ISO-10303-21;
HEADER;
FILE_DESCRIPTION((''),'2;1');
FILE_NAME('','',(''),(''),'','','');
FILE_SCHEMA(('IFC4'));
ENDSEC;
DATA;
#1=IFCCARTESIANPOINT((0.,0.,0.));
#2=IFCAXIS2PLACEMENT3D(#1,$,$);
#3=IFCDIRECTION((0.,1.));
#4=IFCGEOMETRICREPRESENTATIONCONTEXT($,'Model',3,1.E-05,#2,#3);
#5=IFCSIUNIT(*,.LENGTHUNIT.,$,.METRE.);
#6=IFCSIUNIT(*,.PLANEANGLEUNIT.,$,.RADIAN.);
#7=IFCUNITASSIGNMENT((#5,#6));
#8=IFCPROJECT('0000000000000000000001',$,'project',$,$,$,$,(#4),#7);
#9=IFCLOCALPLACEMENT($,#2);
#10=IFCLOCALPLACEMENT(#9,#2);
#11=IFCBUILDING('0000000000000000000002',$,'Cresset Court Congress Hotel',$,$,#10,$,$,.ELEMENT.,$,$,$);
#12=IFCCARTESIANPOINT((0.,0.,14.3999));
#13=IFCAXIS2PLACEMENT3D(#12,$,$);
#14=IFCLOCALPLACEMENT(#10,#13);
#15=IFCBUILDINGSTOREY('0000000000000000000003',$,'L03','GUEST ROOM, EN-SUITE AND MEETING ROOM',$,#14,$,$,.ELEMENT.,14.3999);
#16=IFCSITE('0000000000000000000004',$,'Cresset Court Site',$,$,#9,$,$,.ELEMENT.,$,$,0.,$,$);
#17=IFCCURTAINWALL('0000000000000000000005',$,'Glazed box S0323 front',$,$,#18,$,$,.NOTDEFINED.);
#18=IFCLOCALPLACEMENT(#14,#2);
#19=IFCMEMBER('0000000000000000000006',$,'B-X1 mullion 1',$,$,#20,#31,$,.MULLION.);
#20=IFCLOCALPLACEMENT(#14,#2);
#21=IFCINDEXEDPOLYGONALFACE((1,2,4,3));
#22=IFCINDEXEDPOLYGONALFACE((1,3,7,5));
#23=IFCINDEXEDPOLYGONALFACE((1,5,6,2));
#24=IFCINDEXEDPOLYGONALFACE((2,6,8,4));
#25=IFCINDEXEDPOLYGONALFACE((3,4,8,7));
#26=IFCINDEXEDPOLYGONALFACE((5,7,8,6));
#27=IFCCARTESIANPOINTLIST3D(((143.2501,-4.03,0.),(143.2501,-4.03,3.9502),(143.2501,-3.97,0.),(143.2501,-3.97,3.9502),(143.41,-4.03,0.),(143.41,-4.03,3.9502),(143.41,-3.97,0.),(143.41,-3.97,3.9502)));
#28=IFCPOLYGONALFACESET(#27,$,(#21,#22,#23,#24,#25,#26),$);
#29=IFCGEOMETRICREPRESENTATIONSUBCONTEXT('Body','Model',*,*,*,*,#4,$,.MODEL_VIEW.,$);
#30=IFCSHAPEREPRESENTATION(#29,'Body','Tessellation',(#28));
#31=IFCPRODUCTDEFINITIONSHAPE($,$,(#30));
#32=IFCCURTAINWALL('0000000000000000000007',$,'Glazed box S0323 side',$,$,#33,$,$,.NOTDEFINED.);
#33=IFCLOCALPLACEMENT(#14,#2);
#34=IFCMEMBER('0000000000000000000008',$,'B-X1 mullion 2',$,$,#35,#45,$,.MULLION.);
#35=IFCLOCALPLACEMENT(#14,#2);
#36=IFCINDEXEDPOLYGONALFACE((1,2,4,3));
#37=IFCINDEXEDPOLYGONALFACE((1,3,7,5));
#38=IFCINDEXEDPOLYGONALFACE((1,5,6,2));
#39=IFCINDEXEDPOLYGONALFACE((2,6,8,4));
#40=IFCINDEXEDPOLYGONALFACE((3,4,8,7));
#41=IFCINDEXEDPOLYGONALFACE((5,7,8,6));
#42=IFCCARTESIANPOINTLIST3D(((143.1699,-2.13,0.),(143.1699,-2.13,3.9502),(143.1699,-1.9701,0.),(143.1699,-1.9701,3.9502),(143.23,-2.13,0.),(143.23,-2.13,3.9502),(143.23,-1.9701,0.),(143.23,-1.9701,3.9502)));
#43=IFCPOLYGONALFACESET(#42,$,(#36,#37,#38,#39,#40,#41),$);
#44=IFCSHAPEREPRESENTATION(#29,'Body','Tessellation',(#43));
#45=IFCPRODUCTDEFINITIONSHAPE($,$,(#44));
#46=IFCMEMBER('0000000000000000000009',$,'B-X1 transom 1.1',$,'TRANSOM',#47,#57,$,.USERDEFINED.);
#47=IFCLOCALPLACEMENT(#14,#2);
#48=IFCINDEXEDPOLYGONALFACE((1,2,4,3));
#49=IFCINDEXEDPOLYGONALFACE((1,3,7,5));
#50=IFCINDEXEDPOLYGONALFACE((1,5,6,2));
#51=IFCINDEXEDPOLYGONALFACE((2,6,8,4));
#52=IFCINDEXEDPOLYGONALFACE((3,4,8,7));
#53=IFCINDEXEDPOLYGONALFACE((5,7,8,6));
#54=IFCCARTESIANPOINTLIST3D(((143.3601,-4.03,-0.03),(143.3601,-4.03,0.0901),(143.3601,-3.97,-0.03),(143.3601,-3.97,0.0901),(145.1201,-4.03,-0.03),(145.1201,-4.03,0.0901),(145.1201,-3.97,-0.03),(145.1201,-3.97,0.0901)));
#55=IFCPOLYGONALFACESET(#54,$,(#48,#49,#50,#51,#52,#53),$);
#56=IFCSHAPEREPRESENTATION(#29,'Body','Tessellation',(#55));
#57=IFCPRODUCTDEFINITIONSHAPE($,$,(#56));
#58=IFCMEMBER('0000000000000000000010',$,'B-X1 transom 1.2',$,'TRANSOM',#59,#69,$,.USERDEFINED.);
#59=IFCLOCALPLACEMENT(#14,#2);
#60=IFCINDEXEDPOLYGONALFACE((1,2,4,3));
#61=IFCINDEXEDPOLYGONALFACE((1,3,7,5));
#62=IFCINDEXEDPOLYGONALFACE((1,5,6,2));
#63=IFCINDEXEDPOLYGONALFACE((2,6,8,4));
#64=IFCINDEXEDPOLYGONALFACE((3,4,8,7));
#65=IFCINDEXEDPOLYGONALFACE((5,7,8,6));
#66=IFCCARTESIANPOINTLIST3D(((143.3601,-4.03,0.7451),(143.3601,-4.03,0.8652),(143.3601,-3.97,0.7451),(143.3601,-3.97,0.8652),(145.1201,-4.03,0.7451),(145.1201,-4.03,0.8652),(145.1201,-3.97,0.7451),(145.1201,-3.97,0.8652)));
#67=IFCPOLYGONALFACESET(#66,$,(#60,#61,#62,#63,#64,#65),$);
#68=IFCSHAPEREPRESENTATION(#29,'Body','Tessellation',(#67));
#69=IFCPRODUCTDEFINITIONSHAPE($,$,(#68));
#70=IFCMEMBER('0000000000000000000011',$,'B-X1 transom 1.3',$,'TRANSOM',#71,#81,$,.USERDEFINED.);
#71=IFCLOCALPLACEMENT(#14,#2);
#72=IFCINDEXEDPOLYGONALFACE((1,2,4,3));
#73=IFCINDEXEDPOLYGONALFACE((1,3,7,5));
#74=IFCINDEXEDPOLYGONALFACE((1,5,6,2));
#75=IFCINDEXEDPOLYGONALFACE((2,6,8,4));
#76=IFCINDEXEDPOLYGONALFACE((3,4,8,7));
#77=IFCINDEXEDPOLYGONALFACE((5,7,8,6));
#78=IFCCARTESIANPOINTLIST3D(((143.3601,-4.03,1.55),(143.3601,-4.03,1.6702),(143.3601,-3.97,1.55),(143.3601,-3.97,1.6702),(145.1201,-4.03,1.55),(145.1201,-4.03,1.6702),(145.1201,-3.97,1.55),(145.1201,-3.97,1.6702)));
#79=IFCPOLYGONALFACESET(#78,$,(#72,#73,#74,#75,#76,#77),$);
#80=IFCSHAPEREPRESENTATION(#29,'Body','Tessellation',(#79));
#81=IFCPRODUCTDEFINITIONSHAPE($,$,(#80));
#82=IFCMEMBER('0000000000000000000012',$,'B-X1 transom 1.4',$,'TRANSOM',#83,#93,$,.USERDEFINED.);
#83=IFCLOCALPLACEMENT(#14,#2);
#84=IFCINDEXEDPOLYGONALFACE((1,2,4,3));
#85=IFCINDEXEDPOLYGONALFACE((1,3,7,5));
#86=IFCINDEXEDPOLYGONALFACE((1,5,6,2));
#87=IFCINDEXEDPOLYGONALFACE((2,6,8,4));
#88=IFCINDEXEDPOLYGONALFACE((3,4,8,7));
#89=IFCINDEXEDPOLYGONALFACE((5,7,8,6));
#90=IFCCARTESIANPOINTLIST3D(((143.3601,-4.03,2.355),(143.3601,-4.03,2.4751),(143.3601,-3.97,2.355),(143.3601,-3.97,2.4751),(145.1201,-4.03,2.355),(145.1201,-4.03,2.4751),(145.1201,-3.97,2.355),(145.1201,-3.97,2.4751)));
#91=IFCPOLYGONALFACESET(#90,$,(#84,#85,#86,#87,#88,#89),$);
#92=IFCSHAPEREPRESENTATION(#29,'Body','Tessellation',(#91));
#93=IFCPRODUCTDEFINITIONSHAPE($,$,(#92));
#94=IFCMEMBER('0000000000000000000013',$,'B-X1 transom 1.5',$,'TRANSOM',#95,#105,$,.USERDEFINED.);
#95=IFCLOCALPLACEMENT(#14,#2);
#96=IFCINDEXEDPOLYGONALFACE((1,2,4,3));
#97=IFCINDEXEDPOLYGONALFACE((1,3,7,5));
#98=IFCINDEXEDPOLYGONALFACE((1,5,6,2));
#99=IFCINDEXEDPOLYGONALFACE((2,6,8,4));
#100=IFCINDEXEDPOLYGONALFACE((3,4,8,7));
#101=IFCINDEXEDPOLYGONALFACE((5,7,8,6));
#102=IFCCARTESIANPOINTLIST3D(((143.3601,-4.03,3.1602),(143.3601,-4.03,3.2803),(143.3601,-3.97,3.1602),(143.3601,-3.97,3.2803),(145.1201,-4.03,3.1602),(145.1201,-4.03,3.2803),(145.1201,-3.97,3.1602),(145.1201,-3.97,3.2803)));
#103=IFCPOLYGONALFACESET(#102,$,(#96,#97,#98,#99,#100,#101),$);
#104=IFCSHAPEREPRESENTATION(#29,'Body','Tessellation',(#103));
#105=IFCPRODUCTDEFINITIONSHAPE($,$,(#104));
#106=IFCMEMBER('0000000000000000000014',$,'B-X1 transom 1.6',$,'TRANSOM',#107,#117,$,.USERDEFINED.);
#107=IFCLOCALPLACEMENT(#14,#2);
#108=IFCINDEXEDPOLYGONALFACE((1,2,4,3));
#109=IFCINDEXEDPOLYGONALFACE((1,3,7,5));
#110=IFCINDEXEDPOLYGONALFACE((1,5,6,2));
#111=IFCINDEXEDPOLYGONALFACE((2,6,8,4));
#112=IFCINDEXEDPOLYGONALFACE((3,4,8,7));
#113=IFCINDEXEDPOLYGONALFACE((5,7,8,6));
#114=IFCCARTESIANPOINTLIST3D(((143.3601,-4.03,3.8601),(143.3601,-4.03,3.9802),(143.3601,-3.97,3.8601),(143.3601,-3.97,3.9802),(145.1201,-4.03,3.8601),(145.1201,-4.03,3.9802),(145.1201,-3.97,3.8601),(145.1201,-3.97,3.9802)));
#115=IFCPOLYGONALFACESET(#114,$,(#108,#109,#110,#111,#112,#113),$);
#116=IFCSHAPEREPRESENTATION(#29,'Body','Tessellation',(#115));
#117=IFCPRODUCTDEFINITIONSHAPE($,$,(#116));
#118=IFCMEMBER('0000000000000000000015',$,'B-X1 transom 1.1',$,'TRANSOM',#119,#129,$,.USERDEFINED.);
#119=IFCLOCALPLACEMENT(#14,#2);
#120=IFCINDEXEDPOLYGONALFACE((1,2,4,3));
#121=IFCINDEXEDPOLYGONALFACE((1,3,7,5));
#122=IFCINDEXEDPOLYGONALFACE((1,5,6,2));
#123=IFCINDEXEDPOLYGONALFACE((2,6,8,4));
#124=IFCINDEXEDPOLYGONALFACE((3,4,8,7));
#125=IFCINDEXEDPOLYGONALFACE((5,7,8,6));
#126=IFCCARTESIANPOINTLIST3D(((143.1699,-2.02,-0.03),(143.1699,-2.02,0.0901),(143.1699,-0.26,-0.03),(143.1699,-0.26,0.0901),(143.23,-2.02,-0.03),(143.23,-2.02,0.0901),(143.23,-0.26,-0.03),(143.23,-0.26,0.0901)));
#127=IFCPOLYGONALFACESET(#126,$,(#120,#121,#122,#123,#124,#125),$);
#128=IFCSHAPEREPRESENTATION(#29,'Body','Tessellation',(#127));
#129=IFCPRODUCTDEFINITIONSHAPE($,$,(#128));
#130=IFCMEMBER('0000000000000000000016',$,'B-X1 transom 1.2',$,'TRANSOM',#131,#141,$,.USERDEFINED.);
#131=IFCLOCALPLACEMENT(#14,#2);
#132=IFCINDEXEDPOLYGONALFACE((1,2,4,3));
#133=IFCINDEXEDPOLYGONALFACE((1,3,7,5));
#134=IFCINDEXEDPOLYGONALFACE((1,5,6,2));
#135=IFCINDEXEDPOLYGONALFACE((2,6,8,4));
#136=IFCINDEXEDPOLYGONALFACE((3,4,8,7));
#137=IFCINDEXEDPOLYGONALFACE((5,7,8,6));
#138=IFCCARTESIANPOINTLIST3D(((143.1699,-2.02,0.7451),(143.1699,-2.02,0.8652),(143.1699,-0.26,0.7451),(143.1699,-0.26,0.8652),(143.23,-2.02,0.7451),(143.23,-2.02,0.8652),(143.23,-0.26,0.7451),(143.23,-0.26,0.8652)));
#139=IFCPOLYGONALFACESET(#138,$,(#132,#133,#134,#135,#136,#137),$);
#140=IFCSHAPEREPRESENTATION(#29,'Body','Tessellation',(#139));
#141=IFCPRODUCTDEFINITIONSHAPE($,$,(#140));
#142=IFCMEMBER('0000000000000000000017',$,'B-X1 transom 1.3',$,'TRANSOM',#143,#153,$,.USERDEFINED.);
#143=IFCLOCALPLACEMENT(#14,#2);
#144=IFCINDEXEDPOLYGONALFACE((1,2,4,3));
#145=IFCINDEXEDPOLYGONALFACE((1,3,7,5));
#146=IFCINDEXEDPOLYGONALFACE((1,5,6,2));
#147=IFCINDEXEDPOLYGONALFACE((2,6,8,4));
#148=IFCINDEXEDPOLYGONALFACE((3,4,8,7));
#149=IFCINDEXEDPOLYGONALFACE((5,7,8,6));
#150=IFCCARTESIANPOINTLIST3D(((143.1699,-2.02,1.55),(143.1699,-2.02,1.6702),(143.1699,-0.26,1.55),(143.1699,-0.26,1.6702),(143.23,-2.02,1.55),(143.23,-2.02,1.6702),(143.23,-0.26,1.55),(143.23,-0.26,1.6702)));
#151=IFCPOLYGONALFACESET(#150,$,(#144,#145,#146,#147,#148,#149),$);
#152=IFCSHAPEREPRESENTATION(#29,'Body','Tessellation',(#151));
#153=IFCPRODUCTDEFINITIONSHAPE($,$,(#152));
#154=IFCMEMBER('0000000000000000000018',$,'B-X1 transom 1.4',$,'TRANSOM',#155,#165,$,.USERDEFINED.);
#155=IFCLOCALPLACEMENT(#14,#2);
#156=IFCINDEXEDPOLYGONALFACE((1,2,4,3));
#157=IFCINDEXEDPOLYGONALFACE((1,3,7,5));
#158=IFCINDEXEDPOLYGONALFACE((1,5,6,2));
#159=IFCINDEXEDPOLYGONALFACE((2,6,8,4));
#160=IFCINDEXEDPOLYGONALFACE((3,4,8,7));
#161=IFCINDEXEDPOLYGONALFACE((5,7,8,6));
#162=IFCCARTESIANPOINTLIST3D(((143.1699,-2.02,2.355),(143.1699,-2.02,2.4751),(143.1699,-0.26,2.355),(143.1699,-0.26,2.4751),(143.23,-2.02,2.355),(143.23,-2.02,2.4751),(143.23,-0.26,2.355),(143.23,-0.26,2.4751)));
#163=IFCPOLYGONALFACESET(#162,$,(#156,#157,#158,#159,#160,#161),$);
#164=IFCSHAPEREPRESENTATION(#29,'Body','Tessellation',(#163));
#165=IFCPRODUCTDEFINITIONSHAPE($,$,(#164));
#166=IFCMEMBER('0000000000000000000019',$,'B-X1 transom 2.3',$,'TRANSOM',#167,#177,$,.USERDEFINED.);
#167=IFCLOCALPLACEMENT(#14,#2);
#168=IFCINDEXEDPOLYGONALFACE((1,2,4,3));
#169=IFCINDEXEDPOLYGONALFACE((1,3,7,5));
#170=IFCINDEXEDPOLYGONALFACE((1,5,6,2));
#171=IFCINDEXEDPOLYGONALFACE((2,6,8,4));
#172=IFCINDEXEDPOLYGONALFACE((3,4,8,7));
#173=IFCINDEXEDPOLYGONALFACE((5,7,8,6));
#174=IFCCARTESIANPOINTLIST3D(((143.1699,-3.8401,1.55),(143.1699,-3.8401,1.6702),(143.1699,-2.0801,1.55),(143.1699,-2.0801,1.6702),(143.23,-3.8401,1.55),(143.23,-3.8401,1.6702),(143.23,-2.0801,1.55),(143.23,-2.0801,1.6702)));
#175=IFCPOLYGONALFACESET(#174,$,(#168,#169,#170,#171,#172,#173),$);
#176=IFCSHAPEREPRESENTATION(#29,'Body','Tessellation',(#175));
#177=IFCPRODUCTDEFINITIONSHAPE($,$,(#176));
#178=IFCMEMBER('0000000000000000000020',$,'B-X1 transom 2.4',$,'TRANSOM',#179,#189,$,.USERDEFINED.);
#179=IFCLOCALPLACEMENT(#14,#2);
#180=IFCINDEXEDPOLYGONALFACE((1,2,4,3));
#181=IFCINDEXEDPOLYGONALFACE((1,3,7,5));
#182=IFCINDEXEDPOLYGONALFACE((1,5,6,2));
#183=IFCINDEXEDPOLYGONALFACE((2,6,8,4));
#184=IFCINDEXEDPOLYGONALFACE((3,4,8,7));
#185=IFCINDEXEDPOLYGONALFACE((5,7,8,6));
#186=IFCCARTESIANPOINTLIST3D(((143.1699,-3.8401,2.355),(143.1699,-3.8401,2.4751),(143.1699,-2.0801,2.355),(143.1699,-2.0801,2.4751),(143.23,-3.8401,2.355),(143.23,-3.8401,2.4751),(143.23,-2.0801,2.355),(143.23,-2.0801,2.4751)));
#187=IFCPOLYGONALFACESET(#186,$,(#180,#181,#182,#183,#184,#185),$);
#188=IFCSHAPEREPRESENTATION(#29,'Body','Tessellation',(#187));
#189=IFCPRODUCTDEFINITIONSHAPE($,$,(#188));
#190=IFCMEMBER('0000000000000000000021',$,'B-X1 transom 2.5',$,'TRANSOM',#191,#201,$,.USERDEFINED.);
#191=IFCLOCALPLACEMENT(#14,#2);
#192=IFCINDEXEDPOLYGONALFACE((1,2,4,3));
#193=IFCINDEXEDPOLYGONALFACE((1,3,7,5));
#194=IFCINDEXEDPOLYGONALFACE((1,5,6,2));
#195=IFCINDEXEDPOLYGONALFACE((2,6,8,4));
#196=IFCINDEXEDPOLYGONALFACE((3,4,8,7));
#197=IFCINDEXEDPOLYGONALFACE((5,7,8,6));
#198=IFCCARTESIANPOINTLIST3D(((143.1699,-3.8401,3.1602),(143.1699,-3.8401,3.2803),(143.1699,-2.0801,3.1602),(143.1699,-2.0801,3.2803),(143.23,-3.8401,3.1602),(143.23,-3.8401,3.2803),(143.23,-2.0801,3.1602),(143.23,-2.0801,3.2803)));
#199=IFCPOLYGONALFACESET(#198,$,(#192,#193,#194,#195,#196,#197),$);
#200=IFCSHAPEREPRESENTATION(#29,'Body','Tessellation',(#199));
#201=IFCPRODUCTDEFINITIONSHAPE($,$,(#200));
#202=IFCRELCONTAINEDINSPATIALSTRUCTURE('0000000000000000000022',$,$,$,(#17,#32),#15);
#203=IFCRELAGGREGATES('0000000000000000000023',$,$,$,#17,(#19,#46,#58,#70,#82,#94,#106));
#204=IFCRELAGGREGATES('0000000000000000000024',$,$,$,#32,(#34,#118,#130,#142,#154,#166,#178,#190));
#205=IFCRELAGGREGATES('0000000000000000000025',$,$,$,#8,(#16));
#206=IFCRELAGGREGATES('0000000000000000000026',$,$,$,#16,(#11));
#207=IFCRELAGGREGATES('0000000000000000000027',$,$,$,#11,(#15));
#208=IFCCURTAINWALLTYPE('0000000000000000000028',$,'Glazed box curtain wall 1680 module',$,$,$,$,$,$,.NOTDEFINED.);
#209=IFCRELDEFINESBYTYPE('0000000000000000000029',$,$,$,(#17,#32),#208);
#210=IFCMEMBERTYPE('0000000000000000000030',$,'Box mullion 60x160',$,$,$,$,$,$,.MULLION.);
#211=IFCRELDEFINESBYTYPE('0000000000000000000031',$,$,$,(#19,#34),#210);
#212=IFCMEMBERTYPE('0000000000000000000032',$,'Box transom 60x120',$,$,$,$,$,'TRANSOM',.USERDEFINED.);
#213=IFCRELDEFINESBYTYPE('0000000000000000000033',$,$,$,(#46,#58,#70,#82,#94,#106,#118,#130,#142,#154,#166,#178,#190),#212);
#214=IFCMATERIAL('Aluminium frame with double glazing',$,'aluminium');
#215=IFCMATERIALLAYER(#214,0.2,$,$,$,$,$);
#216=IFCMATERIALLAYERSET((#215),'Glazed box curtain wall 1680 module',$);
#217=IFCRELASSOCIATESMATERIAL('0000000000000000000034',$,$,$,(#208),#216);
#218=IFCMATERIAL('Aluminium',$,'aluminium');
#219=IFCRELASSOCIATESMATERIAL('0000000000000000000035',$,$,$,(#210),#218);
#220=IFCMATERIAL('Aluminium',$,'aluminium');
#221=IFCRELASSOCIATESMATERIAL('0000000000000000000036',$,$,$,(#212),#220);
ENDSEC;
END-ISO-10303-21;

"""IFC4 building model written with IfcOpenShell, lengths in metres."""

from ifc_helpers import new_model, si_unit, direction, frame, origin, origin_2d, place, context, subcontext, project, spatial, rectangle, extrude, material, layer, layer_set, material_profile, profile_set, type_object, element, aggregate, save


model = new_model("IFC4")

# Units and contexts
model_context = context("Model", 3, precision=1e-05, world=origin(), true_north=direction((0.0, 1.0)))
body_context = subcontext(model_context, "Body", "Model", "MODEL_VIEW")
ifc_project = project(units=[si_unit("LENGTHUNIT", "METRE"), si_unit("PLANEANGLEUNIT", "RADIAN")], contexts=[model_context])

# Site, building, storey
site_placement = place(None, origin())
site = spatial("IfcSite", under=ifc_project, at=site_placement, Name="Cresset Court Site", CompositionType="ELEMENT", RefElevation=0.0)
building_placement = place(site_placement, origin())
building = spatial("IfcBuilding", under=site, at=building_placement, Name="Cresset Court Congress Hotel", CompositionType="ELEMENT")
storey_placement = place(building_placement, frame((0.0, 0.0, 14.3999)))
storey = spatial("IfcBuildingStorey", under=building, at=storey_placement, Name="L03", Description="GUEST ROOM, EN-SUITE AND MEETING ROOM", CompositionType="ELEMENT", Elevation=14.3999)

# Curtain walls, members
ifc_material_1 = material(Name="Aluminium frame with double glazing", Category="aluminium")
ifc_layer_1 = layer(ifc_material_1, 0.2)
ifc_layer_set_1 = layer_set([ifc_layer_1], Name="Glazed box curtain wall 1680 module")
curtain_wall_type = type_object("IfcCurtainWallType", Name="Glazed box curtain wall 1680 module", PredefinedType="NOTDEFINED", material=ifc_layer_set_1)
curtain_wall_1_placement = place(storey_placement, origin())
curtain_wall_1 = element("IfcCurtainWall", 1, at=curtain_wall_1_placement, inside=storey, type_object=curtain_wall_type, Name="Glazed box S0323 front", PredefinedType="NOTDEFINED")
ifc_material_2 = material(Name="Aluminium", Category="aluminium")
ifc_material_profile_1 = material_profile(ifc_material_2, rectangle(XDim=0.0601, YDim=0.1599, at=origin_2d()), Name="Box mullion 60x160")
ifc_profile_set_1 = profile_set([ifc_material_profile_1], Name="Aluminium")
member_type_1 = type_object("IfcMemberType", Name="Box mullion 60x160", PredefinedType="MULLION", material=ifc_profile_set_1)
member_1_placement = place(storey_placement, frame((143.3301, -4.0, 0.0), z_axis=(0.0, 0.0, 1.0), x_axis=(0.0, 1.0, 0.0)))
member_1 = element("IfcMember", 2, at=member_1_placement, type_object=member_type_1, Name="B-X1 mullion 1", PredefinedType="MULLION", context=body_context, shape_type="SweptSolid", body=[
    extrude(rectangle(XDim=0.0601, YDim=0.1599, at=origin_2d()), origin(), (0.0, 0.0, 1.0), 3.9502),
])
curtain_wall_2_placement = place(storey_placement, origin())
curtain_wall_2 = element("IfcCurtainWall", 3, at=curtain_wall_2_placement, inside=storey, type_object=curtain_wall_type, Name="Glazed box S0323 side", PredefinedType="NOTDEFINED")
member_2_placement = place(storey_placement, frame((143.2, -2.05, 0.0), z_axis=(0.0, 0.0, 1.0), x_axis=(1.0, 0.0, 0.0)))
member_2 = element("IfcMember", 4, at=member_2_placement, type_object=member_type_1, Name="B-X1 mullion 2", PredefinedType="MULLION", context=body_context, shape_type="SweptSolid", body=[
    extrude(rectangle(XDim=0.0601, YDim=0.1599, at=origin_2d()), origin(), (0.0, 0.0, 1.0), 3.9502),
])

# Members
ifc_material_3 = material(Name="Aluminium", Category="aluminium")
ifc_material_profile_2 = material_profile(ifc_material_3, rectangle(XDim=0.0601, YDim=0.1201, at=origin_2d()), Name="Box transom 60x120")
ifc_profile_set_2 = profile_set([ifc_material_profile_2], Name="Aluminium")
member_type_2 = type_object("IfcMemberType", Name="Box transom 60x120", ElementType="TRANSOM", PredefinedType="USERDEFINED", material=ifc_profile_set_2)
member_3_placement = place(storey_placement, frame((143.3601, -4.0, 0.03), z_axis=(1.0, 0.0, 0.0), x_axis=(0.0, 1.0, 0.0)))
member_3 = element("IfcMember", 5, at=member_3_placement, type_object=member_type_2, Name="B-X1 transom 1.1", ObjectType="TRANSOM", PredefinedType="USERDEFINED", context=body_context, shape_type="SweptSolid", body=[
    extrude(rectangle(XDim=0.0601, YDim=0.1201, at=origin_2d()), origin(), (0.0, 0.0, 1.0), 1.76),
])
member_4_placement = place(storey_placement, frame((143.3601, -4.0, 0.8052), z_axis=(1.0, 0.0, 0.0), x_axis=(0.0, 1.0, 0.0)))
member_4 = element("IfcMember", 6, at=member_4_placement, type_object=member_type_2, Name="B-X1 transom 1.2", ObjectType="TRANSOM", PredefinedType="USERDEFINED", context=body_context, shape_type="SweptSolid", body=[
    extrude(rectangle(XDim=0.0601, YDim=0.1201, at=origin_2d()), origin(), (0.0, 0.0, 1.0), 1.76),
])
member_5_placement = place(storey_placement, frame((143.3601, -4.0, 1.6101), z_axis=(1.0, 0.0, 0.0), x_axis=(0.0, 1.0, 0.0)))
member_5 = element("IfcMember", 7, at=member_5_placement, type_object=member_type_2, Name="B-X1 transom 1.3", ObjectType="TRANSOM", PredefinedType="USERDEFINED", context=body_context, shape_type="SweptSolid", body=[
    extrude(rectangle(XDim=0.0601, YDim=0.1201, at=origin_2d()), origin(), (0.0, 0.0, 1.0), 1.76),
])
member_6_placement = place(storey_placement, frame((143.3601, -4.0, 2.415), z_axis=(1.0, 0.0, 0.0), x_axis=(0.0, 1.0, 0.0)))
member_6 = element("IfcMember", 8, at=member_6_placement, type_object=member_type_2, Name="B-X1 transom 1.4", ObjectType="TRANSOM", PredefinedType="USERDEFINED", context=body_context, shape_type="SweptSolid", body=[
    extrude(rectangle(XDim=0.0601, YDim=0.1201, at=origin_2d()), origin(), (0.0, 0.0, 1.0), 1.76),
])
member_7_placement = place(storey_placement, frame((143.3601, -4.0, 3.2202), z_axis=(1.0, 0.0, 0.0), x_axis=(0.0, 1.0, 0.0)))
member_7 = element("IfcMember", 9, at=member_7_placement, type_object=member_type_2, Name="B-X1 transom 1.5", ObjectType="TRANSOM", PredefinedType="USERDEFINED", context=body_context, shape_type="SweptSolid", body=[
    extrude(rectangle(XDim=0.0601, YDim=0.1201, at=origin_2d()), origin(), (0.0, 0.0, 1.0), 1.76),
])
member_8_placement = place(storey_placement, frame((143.3601, -4.0, 3.9202), z_axis=(1.0, 0.0, 0.0), x_axis=(0.0, 1.0, 0.0)))
member_8 = element("IfcMember", 10, at=member_8_placement, type_object=member_type_2, Name="B-X1 transom 1.6", ObjectType="TRANSOM", PredefinedType="USERDEFINED", context=body_context, shape_type="SweptSolid", body=[
    extrude(rectangle(XDim=0.0601, YDim=0.1201, at=origin_2d()), origin(), (0.0, 0.0, 1.0), 1.76),
])
member_9_placement = place(storey_placement, frame((143.2, -0.26, 0.03), z_axis=(0.0, -1.0, 0.0), x_axis=(1.0, 0.0, 0.0)))
member_9 = element("IfcMember", 11, at=member_9_placement, type_object=member_type_2, Name="B-X1 transom 1.1", ObjectType="TRANSOM", PredefinedType="USERDEFINED", context=body_context, shape_type="SweptSolid", body=[
    extrude(rectangle(XDim=0.0601, YDim=0.1201, at=origin_2d()), origin(), (0.0, 0.0, 1.0), 1.76),
])
member_10_placement = place(storey_placement, frame((143.2, -0.26, 0.8052), z_axis=(0.0, -1.0, 0.0), x_axis=(1.0, 0.0, 0.0)))
member_10 = element("IfcMember", 12, at=member_10_placement, type_object=member_type_2, Name="B-X1 transom 1.2", ObjectType="TRANSOM", PredefinedType="USERDEFINED", context=body_context, shape_type="SweptSolid", body=[
    extrude(rectangle(XDim=0.0601, YDim=0.1201, at=origin_2d()), origin(), (0.0, 0.0, 1.0), 1.76),
])
member_11_placement = place(storey_placement, frame((143.2, -0.26, 1.6101), z_axis=(0.0, -1.0, 0.0), x_axis=(1.0, 0.0, 0.0)))
member_11 = element("IfcMember", 13, at=member_11_placement, type_object=member_type_2, Name="B-X1 transom 1.3", ObjectType="TRANSOM", PredefinedType="USERDEFINED", context=body_context, shape_type="SweptSolid", body=[
    extrude(rectangle(XDim=0.0601, YDim=0.1201, at=origin_2d()), origin(), (0.0, 0.0, 1.0), 1.76),
])
member_12_placement = place(storey_placement, frame((143.2, -0.26, 2.415), z_axis=(0.0, -1.0, 0.0), x_axis=(1.0, 0.0, 0.0)))
member_12 = element("IfcMember", 14, at=member_12_placement, type_object=member_type_2, Name="B-X1 transom 1.4", ObjectType="TRANSOM", PredefinedType="USERDEFINED", context=body_context, shape_type="SweptSolid", body=[
    extrude(rectangle(XDim=0.0601, YDim=0.1201, at=origin_2d()), origin(), (0.0, 0.0, 1.0), 1.76),
])
member_13_placement = place(storey_placement, frame((143.2, -2.0801, 1.6101), z_axis=(0.0, -1.0, 0.0), x_axis=(1.0, 0.0, 0.0)))
member_13 = element("IfcMember", 15, at=member_13_placement, type_object=member_type_2, Name="B-X1 transom 2.3", ObjectType="TRANSOM", PredefinedType="USERDEFINED", context=body_context, shape_type="SweptSolid", body=[
    extrude(rectangle(XDim=0.0601, YDim=0.1201, at=origin_2d()), origin(), (0.0, 0.0, 1.0), 1.76),
])
member_14_placement = place(storey_placement, frame((143.2, -2.0801, 2.415), z_axis=(0.0, -1.0, 0.0), x_axis=(1.0, 0.0, 0.0)))
member_14 = element("IfcMember", 16, at=member_14_placement, type_object=member_type_2, Name="B-X1 transom 2.4", ObjectType="TRANSOM", PredefinedType="USERDEFINED", context=body_context, shape_type="SweptSolid", body=[
    extrude(rectangle(XDim=0.0601, YDim=0.1201, at=origin_2d()), origin(), (0.0, 0.0, 1.0), 1.76),
])
member_15_placement = place(storey_placement, frame((143.2, -2.0801, 3.2202), z_axis=(0.0, -1.0, 0.0), x_axis=(1.0, 0.0, 0.0)))
member_15 = element("IfcMember", 17, at=member_15_placement, type_object=member_type_2, Name="B-X1 transom 2.5", ObjectType="TRANSOM", PredefinedType="USERDEFINED", context=body_context, shape_type="SweptSolid", body=[
    extrude(rectangle(XDim=0.0601, YDim=0.1201, at=origin_2d()), origin(), (0.0, 0.0, 1.0), 1.76),
])

aggregate(curtain_wall_1, [member_1, member_3, member_4, member_5, member_6, member_7, member_8])
aggregate(curtain_wall_2, [member_2, member_9, member_10, member_11, member_12, member_13, member_14, member_15])

save(model, "model.ifc")
